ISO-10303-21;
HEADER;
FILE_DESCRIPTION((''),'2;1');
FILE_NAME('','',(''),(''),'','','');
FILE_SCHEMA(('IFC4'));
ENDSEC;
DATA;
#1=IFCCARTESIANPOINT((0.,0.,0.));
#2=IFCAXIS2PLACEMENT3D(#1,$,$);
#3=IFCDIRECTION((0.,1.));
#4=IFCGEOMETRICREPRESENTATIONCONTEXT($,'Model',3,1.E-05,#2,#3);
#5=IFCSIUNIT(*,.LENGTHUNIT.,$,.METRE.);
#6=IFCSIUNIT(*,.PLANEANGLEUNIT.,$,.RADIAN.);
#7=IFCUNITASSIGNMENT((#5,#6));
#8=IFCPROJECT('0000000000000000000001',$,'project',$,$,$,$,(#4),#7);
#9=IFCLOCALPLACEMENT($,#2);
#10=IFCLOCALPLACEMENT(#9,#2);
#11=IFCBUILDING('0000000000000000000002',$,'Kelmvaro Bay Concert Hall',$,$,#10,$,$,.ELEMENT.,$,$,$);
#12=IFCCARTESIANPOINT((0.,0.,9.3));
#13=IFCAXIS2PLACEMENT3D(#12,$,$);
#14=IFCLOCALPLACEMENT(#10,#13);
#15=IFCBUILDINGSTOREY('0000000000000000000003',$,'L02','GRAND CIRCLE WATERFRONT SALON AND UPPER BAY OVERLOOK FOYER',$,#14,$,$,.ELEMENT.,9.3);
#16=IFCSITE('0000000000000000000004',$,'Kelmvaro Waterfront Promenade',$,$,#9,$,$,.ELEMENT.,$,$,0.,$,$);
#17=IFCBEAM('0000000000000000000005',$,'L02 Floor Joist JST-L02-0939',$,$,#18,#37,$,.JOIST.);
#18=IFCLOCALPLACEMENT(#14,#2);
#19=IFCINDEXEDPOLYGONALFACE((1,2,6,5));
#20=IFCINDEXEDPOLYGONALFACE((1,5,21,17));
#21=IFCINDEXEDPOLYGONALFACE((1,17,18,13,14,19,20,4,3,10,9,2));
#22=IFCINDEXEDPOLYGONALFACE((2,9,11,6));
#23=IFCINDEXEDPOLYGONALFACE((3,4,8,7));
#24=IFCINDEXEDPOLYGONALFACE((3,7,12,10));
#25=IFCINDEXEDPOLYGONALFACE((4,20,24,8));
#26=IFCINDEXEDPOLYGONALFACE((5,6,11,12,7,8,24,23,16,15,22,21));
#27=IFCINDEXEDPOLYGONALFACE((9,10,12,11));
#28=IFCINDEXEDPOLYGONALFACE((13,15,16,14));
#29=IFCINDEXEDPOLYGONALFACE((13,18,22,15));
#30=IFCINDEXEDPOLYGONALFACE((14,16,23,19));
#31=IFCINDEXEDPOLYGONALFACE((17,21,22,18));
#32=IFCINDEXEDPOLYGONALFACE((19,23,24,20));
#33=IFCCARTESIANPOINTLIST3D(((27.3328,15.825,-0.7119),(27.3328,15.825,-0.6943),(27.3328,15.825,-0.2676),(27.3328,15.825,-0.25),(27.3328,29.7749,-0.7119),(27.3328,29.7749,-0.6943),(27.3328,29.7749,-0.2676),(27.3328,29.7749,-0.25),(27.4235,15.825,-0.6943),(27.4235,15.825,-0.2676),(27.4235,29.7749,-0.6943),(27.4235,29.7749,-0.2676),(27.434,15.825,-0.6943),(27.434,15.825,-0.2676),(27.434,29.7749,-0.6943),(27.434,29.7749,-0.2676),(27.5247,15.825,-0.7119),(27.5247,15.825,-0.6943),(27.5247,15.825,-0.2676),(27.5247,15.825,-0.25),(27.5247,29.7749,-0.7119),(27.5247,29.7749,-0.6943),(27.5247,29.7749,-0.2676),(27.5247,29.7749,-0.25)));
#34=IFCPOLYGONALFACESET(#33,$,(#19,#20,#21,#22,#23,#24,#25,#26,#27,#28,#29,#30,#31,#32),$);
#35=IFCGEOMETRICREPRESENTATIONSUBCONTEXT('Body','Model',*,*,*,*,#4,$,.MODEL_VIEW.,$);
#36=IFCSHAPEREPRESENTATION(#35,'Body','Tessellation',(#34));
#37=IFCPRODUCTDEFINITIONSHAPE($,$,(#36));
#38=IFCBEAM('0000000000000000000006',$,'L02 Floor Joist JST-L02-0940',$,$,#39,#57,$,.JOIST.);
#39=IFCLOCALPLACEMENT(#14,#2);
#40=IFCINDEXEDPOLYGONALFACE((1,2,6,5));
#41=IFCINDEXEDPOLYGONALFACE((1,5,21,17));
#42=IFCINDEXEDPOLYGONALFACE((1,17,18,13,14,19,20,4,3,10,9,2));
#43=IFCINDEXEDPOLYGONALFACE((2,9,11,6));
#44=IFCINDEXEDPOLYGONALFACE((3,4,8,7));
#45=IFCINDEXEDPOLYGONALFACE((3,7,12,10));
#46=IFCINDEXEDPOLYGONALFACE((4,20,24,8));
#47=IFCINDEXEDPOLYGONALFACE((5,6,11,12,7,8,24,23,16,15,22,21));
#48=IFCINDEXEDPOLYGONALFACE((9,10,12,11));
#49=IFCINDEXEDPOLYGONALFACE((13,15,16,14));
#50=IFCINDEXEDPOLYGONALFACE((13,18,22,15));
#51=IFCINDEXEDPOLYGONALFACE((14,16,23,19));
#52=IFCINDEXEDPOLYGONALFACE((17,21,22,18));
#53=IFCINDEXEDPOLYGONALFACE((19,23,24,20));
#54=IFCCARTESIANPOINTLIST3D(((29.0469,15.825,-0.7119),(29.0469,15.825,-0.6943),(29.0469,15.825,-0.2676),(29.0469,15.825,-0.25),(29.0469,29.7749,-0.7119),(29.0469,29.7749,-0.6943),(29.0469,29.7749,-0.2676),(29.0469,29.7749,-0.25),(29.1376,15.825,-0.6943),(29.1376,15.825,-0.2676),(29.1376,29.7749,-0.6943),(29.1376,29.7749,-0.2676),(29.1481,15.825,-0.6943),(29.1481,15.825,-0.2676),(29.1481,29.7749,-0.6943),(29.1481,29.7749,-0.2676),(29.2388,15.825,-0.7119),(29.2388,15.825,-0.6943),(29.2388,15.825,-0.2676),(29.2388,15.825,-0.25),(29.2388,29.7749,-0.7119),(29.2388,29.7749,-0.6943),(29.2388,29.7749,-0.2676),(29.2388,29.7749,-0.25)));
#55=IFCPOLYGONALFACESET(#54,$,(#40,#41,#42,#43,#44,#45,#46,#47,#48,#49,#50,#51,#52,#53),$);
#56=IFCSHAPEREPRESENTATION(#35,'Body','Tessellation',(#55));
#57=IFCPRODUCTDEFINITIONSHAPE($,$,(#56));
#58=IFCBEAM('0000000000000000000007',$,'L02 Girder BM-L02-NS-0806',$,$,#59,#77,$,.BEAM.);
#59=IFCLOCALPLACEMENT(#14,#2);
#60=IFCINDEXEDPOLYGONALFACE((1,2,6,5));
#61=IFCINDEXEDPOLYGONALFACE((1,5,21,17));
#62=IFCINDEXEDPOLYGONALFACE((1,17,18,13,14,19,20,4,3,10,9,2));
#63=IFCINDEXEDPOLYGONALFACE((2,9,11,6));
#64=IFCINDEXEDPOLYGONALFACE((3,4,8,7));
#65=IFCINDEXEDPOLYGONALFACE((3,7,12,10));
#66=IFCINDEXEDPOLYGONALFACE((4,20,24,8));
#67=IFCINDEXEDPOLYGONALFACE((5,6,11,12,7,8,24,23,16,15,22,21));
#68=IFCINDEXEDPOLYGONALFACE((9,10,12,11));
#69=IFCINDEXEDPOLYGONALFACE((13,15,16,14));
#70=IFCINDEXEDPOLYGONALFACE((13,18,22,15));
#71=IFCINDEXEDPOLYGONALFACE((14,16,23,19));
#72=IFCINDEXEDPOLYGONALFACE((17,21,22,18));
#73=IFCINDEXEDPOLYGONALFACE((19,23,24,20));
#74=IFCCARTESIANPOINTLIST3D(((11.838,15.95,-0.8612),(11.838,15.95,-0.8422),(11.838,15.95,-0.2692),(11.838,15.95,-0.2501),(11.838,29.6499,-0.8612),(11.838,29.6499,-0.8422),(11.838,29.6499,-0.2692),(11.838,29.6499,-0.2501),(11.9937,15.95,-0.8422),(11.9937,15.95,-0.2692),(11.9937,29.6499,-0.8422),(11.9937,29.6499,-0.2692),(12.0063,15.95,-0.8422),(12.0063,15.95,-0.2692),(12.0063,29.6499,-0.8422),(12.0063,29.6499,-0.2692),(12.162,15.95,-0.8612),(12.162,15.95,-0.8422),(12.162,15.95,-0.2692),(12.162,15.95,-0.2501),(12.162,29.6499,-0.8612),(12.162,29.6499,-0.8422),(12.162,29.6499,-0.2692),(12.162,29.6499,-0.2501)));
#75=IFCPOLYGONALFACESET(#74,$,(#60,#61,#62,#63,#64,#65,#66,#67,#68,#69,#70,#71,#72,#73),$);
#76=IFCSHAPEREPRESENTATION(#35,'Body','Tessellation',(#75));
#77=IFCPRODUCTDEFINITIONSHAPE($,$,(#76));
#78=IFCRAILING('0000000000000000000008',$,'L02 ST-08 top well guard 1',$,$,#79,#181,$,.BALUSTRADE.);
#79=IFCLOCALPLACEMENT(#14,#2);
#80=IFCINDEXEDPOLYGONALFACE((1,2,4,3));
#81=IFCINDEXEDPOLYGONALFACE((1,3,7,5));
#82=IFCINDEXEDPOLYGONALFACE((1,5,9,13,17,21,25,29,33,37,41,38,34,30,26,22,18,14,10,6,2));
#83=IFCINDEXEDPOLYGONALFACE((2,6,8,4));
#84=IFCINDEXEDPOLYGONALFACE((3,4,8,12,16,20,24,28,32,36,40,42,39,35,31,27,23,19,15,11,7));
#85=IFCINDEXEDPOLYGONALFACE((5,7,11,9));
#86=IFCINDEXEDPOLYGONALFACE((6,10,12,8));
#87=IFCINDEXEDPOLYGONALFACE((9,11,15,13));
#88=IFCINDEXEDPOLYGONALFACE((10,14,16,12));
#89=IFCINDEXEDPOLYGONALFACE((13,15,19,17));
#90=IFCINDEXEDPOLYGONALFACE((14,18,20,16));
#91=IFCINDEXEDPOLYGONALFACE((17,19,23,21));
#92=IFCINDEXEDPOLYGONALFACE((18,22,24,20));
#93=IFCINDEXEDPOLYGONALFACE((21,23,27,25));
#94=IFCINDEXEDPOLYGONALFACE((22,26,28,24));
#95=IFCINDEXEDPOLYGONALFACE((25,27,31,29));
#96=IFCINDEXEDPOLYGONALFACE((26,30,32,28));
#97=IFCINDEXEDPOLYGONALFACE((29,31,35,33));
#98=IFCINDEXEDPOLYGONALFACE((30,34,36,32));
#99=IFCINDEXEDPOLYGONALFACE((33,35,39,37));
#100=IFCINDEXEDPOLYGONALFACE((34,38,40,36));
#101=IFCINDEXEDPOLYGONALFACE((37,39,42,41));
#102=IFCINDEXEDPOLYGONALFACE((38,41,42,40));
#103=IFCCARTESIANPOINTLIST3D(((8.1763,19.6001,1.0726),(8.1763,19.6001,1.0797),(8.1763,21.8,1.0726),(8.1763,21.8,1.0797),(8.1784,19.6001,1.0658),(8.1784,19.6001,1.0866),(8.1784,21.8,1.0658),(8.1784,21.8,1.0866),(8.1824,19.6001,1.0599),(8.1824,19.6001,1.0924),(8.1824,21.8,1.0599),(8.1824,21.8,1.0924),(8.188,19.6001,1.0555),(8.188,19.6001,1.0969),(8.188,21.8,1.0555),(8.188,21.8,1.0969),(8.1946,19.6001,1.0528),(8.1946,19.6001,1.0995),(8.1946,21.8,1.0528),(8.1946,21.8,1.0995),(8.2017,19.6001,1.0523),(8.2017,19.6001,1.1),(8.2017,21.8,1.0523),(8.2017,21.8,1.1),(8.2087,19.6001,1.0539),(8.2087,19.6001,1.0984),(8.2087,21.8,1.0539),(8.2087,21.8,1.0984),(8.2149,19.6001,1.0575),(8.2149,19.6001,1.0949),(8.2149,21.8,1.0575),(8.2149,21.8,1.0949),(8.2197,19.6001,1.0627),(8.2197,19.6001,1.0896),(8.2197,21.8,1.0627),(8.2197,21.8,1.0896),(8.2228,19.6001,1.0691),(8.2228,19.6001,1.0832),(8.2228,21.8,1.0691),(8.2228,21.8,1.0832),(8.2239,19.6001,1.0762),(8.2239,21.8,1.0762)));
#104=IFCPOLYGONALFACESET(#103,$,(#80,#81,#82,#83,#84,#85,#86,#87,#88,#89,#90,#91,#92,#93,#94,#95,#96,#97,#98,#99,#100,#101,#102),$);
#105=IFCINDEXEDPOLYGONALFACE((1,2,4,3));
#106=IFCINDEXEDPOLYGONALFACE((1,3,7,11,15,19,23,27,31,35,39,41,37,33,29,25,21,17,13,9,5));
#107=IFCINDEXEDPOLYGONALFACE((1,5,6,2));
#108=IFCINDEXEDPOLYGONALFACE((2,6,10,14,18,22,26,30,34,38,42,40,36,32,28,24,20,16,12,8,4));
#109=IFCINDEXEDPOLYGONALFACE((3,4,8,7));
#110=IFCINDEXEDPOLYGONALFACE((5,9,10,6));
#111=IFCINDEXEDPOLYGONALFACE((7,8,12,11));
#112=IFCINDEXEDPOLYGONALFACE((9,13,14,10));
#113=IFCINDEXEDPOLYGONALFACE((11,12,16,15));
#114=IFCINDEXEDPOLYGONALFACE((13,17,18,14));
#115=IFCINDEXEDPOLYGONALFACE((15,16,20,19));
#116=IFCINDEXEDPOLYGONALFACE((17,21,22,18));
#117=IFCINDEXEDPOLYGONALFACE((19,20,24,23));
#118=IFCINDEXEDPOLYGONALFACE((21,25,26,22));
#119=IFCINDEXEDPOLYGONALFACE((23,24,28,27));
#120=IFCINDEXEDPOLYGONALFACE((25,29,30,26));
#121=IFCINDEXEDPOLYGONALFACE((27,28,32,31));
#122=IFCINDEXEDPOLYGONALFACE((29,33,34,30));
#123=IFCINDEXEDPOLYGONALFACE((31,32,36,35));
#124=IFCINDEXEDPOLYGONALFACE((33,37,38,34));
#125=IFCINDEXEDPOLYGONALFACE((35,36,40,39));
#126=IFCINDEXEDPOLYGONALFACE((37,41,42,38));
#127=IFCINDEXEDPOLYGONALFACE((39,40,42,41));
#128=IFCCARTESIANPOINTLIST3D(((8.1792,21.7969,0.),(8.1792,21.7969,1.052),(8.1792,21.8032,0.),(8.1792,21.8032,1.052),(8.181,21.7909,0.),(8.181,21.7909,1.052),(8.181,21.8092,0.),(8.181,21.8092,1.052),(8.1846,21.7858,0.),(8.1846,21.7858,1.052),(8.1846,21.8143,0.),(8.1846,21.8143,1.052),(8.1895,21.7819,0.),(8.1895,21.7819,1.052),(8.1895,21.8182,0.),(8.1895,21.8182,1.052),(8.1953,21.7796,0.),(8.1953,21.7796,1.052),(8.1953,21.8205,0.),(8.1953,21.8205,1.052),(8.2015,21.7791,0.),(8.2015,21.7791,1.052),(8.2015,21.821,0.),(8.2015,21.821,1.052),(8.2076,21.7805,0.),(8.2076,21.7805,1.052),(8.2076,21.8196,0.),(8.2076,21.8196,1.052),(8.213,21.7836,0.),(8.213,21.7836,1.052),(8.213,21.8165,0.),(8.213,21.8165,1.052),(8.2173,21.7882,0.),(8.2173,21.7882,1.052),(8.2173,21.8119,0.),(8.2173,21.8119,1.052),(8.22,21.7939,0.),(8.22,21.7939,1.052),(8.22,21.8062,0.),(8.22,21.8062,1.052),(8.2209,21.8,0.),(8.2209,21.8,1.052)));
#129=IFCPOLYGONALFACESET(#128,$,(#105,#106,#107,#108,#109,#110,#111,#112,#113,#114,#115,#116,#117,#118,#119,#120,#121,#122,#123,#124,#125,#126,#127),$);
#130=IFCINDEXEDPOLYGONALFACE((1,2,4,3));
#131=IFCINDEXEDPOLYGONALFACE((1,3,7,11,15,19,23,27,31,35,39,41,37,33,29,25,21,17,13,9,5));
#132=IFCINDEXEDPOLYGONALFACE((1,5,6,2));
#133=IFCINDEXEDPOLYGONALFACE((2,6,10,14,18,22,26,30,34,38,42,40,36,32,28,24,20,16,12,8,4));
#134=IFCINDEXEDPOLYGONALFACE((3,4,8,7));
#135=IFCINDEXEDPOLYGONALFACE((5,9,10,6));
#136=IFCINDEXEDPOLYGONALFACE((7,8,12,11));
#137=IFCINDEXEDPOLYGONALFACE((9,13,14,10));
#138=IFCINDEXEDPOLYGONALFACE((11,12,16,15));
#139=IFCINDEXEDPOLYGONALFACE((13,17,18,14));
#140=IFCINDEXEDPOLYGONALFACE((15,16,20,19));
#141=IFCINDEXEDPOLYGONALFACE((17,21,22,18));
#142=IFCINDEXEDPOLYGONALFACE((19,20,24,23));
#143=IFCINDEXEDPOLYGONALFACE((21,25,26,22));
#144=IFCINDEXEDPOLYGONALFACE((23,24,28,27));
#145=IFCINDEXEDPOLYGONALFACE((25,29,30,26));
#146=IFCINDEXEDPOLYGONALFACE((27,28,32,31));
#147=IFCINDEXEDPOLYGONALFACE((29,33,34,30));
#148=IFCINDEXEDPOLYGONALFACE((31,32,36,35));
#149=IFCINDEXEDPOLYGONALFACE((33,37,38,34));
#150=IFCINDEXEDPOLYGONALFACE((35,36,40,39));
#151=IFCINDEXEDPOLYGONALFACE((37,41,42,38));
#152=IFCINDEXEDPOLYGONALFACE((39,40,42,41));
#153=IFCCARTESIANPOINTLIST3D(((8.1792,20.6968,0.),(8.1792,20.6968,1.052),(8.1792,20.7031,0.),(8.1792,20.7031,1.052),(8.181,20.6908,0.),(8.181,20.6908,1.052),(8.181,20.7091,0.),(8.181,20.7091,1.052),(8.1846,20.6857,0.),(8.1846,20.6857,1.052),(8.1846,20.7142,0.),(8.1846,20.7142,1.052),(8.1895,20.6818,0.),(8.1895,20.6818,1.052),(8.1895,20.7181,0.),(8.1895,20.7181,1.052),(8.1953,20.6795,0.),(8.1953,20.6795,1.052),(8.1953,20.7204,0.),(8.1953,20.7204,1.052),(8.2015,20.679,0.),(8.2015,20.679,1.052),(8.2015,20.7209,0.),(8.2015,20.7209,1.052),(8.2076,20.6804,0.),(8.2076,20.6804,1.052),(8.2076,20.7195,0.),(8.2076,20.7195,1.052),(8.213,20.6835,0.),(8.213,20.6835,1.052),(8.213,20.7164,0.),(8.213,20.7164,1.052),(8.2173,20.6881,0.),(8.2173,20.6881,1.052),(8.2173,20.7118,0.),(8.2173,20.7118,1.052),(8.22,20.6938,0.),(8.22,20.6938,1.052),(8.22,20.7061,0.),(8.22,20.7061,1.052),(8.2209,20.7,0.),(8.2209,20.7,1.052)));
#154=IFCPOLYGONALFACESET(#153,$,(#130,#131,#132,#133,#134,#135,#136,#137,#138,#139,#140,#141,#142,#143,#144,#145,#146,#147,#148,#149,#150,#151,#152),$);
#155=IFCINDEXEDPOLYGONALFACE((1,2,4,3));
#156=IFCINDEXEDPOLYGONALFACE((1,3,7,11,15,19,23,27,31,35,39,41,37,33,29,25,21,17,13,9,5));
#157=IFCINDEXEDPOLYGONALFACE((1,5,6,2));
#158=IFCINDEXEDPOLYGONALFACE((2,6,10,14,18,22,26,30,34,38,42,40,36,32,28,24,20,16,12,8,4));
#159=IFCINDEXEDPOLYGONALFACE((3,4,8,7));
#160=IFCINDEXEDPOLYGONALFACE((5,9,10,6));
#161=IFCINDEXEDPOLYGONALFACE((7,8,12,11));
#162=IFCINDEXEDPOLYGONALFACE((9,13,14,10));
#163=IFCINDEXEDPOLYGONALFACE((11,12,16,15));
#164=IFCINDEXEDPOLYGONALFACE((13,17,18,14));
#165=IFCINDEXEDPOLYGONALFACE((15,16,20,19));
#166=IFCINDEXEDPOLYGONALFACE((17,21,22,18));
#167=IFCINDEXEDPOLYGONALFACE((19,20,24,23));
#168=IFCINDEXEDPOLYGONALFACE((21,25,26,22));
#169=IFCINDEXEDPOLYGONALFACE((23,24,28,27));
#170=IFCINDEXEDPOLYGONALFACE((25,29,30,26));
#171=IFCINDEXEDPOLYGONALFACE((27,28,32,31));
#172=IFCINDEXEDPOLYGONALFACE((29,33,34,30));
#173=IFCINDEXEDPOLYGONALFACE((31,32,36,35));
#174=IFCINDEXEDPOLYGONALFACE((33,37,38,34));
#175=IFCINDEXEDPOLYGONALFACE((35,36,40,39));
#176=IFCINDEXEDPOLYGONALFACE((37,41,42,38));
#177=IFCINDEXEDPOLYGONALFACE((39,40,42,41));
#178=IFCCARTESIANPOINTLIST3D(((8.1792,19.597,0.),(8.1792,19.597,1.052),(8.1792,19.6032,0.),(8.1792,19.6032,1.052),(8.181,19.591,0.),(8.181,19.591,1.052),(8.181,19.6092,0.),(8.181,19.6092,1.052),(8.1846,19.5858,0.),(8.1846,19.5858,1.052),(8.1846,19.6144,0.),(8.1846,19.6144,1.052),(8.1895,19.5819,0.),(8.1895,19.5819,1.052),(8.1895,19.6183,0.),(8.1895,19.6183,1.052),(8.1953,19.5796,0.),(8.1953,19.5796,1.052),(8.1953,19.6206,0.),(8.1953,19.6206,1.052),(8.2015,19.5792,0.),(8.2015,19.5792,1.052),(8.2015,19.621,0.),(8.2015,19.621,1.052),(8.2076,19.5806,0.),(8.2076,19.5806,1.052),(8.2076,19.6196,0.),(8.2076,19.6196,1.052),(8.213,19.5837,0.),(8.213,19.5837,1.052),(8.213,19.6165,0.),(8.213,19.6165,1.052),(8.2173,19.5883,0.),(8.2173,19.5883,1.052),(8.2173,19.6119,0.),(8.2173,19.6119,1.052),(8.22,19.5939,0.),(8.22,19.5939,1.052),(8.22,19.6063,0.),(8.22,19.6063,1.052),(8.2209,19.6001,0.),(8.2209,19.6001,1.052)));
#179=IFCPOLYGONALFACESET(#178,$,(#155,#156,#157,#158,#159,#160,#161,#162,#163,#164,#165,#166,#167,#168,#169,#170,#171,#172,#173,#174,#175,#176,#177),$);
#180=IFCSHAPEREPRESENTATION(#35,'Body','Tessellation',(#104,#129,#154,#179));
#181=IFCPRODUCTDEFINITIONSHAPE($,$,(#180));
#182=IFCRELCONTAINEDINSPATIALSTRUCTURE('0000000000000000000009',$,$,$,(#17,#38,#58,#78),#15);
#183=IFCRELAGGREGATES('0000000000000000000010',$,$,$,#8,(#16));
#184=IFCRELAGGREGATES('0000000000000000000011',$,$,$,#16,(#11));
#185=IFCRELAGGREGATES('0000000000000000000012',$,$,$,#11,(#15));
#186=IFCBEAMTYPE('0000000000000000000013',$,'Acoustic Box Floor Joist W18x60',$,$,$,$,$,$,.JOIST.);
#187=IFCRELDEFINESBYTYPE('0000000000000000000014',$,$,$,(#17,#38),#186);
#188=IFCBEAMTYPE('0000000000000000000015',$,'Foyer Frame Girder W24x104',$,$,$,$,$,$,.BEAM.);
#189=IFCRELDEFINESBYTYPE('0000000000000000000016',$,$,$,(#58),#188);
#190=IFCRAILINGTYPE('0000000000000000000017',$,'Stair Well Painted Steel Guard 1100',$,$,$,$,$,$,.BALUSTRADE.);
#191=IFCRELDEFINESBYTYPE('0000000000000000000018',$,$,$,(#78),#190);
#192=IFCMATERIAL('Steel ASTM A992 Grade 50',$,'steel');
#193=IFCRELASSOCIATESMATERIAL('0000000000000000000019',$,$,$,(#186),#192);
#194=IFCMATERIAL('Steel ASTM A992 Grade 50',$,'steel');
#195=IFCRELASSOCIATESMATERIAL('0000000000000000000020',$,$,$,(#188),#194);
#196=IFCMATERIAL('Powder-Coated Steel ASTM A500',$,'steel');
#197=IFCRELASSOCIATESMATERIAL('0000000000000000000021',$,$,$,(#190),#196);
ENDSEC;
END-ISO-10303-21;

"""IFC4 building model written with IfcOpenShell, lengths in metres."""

from ifc_helpers import new_model, si_unit, direction, frame, origin, origin_2d, place, context, subcontext, project, spatial, circle, i_section, extrude, material, material_profile, profile_set, type_object, element, save


model = new_model("IFC4")

# Units and contexts
model_context = context("Model", 3, precision=1e-05, world=origin(), true_north=direction((0.0, 1.0)))
body_context = subcontext(model_context, "Body", "Model", "MODEL_VIEW")
ifc_project = project(units=[si_unit("LENGTHUNIT", "METRE"), si_unit("PLANEANGLEUNIT", "RADIAN")], contexts=[model_context])

# Site, building, storey
site_placement = place(None, origin())
site = spatial("IfcSite", under=ifc_project, at=site_placement, Name="Kelmvaro Waterfront Promenade", CompositionType="ELEMENT", RefElevation=0.0)
building_placement = place(site_placement, origin())
building = spatial("IfcBuilding", under=site, at=building_placement, Name="Kelmvaro Bay Concert Hall", CompositionType="ELEMENT")
storey_placement = place(building_placement, frame((0.0, 0.0, 9.3)))
storey = spatial("IfcBuildingStorey", under=building, at=storey_placement, Name="L02", Description="GRAND CIRCLE WATERFRONT SALON AND UPPER BAY OVERLOOK FOYER", CompositionType="ELEMENT", Elevation=9.3)

# Beams
ifc_material_1 = material(Name="Steel ASTM A992 Grade 50", Category="steel")
ifc_material_profile_1 = material_profile(ifc_material_1, i_section(OverallWidth=0.1919, OverallDepth=0.4619, WebThickness=0.0105, FlangeThickness=0.0176, at=origin_2d()), Name="W18X60")
ifc_profile_set_1 = profile_set([ifc_material_profile_1], Name="Steel ASTM A992 Grade 50")
beam_type_1 = type_object("IfcBeamType", Name="Acoustic Box Floor Joist W18x60", PredefinedType="JOIST", material=ifc_profile_set_1)
for number, where, z_axis, x_axis, name in (
    (1, (27.4287, 15.825, -0.481), (0.0, 1.0, 0.0), (-1.0, 0.0, 0.0), "L02 Floor Joist JST-L02-0939"),
    (2, (29.1428, 15.825, -0.481), (0.0, 1.0, 0.0), (-1.0, 0.0, 0.0), "L02 Floor Joist JST-L02-0940"),
):
    element("IfcBeam", number, at=place(storey_placement, frame(where, z_axis=z_axis, x_axis=x_axis)), inside=storey, type_object=beam_type_1, Name=name, PredefinedType="JOIST", context=body_context, shape_type="SweptSolid", body=[
        extrude(i_section(OverallWidth=0.1919, OverallDepth=0.4619, WebThickness=0.0105, FlangeThickness=0.0176, at=origin_2d()), origin(), (0.0, 0.0, 1.0), 13.95),
    ])
ifc_material_2 = material(Name="Steel ASTM A992 Grade 50", Category="steel")
ifc_material_profile_2 = material_profile(ifc_material_2, i_section(OverallWidth=0.324, OverallDepth=0.6111, WebThickness=0.0127, FlangeThickness=0.019, at=origin_2d()), Name="W24X104")
ifc_profile_set_2 = profile_set([ifc_material_profile_2], Name="Steel ASTM A992 Grade 50")
beam_type_2 = type_object("IfcBeamType", Name="Foyer Frame Girder W24x104", PredefinedType="BEAM", material=ifc_profile_set_2)
beam_placement = place(storey_placement, frame((12.0, 15.95, -0.5557), z_axis=(0.0, 1.0, 0.0), x_axis=(-1.0, 0.0, 0.0)))
element("IfcBeam", 3, at=beam_placement, inside=storey, type_object=beam_type_2, Name="L02 Girder BM-L02-NS-0806", PredefinedType="BEAM", context=body_context, shape_type="SweptSolid", body=[
    extrude(i_section(OverallWidth=0.324, OverallDepth=0.6111, WebThickness=0.0127, FlangeThickness=0.019, at=origin_2d()), origin(), (0.0, 0.0, 1.0), 13.7),
])

# Railing
ifc_material_3 = material(Name="Powder-Coated Steel ASTM A500", Category="steel")
railing_type = type_object("IfcRailingType", Name="Stair Well Painted Steel Guard 1100", PredefinedType="BALUSTRADE", material=ifc_material_3)
railing_placement = place(storey_placement, frame((8.2, 21.8, 0.0)))
element("IfcRailing", 4, at=railing_placement, inside=storey, type_object=railing_type, Name="L02 ST-08 top well guard 1", PredefinedType="BALUSTRADE", context=body_context, shape_type="SweptSolid", body=[
    extrude(circle(Radius=0.0239, at=origin_2d()), frame((0.0, 0.0, 1.0762), z_axis=(0.0, -1.0, 0.0), x_axis=(1.0, 0.0, 0.0)), (0.0, 0.0, 1.0), 2.2),
    extrude(circle(Radius=0.021, at=origin_2d()), origin(), (0.0, 0.0, 1.0), 1.052),
    extrude(circle(Radius=0.021, at=origin_2d()), frame((0.0, -1.1001, 0.0)), (0.0, 0.0, 1.0), 1.052),
    extrude(circle(Radius=0.021, at=origin_2d()), frame((0.0, -2.2, 0.0)), (0.0, 0.0, 1.0), 1.052),
])

save(model, "model.ifc")
